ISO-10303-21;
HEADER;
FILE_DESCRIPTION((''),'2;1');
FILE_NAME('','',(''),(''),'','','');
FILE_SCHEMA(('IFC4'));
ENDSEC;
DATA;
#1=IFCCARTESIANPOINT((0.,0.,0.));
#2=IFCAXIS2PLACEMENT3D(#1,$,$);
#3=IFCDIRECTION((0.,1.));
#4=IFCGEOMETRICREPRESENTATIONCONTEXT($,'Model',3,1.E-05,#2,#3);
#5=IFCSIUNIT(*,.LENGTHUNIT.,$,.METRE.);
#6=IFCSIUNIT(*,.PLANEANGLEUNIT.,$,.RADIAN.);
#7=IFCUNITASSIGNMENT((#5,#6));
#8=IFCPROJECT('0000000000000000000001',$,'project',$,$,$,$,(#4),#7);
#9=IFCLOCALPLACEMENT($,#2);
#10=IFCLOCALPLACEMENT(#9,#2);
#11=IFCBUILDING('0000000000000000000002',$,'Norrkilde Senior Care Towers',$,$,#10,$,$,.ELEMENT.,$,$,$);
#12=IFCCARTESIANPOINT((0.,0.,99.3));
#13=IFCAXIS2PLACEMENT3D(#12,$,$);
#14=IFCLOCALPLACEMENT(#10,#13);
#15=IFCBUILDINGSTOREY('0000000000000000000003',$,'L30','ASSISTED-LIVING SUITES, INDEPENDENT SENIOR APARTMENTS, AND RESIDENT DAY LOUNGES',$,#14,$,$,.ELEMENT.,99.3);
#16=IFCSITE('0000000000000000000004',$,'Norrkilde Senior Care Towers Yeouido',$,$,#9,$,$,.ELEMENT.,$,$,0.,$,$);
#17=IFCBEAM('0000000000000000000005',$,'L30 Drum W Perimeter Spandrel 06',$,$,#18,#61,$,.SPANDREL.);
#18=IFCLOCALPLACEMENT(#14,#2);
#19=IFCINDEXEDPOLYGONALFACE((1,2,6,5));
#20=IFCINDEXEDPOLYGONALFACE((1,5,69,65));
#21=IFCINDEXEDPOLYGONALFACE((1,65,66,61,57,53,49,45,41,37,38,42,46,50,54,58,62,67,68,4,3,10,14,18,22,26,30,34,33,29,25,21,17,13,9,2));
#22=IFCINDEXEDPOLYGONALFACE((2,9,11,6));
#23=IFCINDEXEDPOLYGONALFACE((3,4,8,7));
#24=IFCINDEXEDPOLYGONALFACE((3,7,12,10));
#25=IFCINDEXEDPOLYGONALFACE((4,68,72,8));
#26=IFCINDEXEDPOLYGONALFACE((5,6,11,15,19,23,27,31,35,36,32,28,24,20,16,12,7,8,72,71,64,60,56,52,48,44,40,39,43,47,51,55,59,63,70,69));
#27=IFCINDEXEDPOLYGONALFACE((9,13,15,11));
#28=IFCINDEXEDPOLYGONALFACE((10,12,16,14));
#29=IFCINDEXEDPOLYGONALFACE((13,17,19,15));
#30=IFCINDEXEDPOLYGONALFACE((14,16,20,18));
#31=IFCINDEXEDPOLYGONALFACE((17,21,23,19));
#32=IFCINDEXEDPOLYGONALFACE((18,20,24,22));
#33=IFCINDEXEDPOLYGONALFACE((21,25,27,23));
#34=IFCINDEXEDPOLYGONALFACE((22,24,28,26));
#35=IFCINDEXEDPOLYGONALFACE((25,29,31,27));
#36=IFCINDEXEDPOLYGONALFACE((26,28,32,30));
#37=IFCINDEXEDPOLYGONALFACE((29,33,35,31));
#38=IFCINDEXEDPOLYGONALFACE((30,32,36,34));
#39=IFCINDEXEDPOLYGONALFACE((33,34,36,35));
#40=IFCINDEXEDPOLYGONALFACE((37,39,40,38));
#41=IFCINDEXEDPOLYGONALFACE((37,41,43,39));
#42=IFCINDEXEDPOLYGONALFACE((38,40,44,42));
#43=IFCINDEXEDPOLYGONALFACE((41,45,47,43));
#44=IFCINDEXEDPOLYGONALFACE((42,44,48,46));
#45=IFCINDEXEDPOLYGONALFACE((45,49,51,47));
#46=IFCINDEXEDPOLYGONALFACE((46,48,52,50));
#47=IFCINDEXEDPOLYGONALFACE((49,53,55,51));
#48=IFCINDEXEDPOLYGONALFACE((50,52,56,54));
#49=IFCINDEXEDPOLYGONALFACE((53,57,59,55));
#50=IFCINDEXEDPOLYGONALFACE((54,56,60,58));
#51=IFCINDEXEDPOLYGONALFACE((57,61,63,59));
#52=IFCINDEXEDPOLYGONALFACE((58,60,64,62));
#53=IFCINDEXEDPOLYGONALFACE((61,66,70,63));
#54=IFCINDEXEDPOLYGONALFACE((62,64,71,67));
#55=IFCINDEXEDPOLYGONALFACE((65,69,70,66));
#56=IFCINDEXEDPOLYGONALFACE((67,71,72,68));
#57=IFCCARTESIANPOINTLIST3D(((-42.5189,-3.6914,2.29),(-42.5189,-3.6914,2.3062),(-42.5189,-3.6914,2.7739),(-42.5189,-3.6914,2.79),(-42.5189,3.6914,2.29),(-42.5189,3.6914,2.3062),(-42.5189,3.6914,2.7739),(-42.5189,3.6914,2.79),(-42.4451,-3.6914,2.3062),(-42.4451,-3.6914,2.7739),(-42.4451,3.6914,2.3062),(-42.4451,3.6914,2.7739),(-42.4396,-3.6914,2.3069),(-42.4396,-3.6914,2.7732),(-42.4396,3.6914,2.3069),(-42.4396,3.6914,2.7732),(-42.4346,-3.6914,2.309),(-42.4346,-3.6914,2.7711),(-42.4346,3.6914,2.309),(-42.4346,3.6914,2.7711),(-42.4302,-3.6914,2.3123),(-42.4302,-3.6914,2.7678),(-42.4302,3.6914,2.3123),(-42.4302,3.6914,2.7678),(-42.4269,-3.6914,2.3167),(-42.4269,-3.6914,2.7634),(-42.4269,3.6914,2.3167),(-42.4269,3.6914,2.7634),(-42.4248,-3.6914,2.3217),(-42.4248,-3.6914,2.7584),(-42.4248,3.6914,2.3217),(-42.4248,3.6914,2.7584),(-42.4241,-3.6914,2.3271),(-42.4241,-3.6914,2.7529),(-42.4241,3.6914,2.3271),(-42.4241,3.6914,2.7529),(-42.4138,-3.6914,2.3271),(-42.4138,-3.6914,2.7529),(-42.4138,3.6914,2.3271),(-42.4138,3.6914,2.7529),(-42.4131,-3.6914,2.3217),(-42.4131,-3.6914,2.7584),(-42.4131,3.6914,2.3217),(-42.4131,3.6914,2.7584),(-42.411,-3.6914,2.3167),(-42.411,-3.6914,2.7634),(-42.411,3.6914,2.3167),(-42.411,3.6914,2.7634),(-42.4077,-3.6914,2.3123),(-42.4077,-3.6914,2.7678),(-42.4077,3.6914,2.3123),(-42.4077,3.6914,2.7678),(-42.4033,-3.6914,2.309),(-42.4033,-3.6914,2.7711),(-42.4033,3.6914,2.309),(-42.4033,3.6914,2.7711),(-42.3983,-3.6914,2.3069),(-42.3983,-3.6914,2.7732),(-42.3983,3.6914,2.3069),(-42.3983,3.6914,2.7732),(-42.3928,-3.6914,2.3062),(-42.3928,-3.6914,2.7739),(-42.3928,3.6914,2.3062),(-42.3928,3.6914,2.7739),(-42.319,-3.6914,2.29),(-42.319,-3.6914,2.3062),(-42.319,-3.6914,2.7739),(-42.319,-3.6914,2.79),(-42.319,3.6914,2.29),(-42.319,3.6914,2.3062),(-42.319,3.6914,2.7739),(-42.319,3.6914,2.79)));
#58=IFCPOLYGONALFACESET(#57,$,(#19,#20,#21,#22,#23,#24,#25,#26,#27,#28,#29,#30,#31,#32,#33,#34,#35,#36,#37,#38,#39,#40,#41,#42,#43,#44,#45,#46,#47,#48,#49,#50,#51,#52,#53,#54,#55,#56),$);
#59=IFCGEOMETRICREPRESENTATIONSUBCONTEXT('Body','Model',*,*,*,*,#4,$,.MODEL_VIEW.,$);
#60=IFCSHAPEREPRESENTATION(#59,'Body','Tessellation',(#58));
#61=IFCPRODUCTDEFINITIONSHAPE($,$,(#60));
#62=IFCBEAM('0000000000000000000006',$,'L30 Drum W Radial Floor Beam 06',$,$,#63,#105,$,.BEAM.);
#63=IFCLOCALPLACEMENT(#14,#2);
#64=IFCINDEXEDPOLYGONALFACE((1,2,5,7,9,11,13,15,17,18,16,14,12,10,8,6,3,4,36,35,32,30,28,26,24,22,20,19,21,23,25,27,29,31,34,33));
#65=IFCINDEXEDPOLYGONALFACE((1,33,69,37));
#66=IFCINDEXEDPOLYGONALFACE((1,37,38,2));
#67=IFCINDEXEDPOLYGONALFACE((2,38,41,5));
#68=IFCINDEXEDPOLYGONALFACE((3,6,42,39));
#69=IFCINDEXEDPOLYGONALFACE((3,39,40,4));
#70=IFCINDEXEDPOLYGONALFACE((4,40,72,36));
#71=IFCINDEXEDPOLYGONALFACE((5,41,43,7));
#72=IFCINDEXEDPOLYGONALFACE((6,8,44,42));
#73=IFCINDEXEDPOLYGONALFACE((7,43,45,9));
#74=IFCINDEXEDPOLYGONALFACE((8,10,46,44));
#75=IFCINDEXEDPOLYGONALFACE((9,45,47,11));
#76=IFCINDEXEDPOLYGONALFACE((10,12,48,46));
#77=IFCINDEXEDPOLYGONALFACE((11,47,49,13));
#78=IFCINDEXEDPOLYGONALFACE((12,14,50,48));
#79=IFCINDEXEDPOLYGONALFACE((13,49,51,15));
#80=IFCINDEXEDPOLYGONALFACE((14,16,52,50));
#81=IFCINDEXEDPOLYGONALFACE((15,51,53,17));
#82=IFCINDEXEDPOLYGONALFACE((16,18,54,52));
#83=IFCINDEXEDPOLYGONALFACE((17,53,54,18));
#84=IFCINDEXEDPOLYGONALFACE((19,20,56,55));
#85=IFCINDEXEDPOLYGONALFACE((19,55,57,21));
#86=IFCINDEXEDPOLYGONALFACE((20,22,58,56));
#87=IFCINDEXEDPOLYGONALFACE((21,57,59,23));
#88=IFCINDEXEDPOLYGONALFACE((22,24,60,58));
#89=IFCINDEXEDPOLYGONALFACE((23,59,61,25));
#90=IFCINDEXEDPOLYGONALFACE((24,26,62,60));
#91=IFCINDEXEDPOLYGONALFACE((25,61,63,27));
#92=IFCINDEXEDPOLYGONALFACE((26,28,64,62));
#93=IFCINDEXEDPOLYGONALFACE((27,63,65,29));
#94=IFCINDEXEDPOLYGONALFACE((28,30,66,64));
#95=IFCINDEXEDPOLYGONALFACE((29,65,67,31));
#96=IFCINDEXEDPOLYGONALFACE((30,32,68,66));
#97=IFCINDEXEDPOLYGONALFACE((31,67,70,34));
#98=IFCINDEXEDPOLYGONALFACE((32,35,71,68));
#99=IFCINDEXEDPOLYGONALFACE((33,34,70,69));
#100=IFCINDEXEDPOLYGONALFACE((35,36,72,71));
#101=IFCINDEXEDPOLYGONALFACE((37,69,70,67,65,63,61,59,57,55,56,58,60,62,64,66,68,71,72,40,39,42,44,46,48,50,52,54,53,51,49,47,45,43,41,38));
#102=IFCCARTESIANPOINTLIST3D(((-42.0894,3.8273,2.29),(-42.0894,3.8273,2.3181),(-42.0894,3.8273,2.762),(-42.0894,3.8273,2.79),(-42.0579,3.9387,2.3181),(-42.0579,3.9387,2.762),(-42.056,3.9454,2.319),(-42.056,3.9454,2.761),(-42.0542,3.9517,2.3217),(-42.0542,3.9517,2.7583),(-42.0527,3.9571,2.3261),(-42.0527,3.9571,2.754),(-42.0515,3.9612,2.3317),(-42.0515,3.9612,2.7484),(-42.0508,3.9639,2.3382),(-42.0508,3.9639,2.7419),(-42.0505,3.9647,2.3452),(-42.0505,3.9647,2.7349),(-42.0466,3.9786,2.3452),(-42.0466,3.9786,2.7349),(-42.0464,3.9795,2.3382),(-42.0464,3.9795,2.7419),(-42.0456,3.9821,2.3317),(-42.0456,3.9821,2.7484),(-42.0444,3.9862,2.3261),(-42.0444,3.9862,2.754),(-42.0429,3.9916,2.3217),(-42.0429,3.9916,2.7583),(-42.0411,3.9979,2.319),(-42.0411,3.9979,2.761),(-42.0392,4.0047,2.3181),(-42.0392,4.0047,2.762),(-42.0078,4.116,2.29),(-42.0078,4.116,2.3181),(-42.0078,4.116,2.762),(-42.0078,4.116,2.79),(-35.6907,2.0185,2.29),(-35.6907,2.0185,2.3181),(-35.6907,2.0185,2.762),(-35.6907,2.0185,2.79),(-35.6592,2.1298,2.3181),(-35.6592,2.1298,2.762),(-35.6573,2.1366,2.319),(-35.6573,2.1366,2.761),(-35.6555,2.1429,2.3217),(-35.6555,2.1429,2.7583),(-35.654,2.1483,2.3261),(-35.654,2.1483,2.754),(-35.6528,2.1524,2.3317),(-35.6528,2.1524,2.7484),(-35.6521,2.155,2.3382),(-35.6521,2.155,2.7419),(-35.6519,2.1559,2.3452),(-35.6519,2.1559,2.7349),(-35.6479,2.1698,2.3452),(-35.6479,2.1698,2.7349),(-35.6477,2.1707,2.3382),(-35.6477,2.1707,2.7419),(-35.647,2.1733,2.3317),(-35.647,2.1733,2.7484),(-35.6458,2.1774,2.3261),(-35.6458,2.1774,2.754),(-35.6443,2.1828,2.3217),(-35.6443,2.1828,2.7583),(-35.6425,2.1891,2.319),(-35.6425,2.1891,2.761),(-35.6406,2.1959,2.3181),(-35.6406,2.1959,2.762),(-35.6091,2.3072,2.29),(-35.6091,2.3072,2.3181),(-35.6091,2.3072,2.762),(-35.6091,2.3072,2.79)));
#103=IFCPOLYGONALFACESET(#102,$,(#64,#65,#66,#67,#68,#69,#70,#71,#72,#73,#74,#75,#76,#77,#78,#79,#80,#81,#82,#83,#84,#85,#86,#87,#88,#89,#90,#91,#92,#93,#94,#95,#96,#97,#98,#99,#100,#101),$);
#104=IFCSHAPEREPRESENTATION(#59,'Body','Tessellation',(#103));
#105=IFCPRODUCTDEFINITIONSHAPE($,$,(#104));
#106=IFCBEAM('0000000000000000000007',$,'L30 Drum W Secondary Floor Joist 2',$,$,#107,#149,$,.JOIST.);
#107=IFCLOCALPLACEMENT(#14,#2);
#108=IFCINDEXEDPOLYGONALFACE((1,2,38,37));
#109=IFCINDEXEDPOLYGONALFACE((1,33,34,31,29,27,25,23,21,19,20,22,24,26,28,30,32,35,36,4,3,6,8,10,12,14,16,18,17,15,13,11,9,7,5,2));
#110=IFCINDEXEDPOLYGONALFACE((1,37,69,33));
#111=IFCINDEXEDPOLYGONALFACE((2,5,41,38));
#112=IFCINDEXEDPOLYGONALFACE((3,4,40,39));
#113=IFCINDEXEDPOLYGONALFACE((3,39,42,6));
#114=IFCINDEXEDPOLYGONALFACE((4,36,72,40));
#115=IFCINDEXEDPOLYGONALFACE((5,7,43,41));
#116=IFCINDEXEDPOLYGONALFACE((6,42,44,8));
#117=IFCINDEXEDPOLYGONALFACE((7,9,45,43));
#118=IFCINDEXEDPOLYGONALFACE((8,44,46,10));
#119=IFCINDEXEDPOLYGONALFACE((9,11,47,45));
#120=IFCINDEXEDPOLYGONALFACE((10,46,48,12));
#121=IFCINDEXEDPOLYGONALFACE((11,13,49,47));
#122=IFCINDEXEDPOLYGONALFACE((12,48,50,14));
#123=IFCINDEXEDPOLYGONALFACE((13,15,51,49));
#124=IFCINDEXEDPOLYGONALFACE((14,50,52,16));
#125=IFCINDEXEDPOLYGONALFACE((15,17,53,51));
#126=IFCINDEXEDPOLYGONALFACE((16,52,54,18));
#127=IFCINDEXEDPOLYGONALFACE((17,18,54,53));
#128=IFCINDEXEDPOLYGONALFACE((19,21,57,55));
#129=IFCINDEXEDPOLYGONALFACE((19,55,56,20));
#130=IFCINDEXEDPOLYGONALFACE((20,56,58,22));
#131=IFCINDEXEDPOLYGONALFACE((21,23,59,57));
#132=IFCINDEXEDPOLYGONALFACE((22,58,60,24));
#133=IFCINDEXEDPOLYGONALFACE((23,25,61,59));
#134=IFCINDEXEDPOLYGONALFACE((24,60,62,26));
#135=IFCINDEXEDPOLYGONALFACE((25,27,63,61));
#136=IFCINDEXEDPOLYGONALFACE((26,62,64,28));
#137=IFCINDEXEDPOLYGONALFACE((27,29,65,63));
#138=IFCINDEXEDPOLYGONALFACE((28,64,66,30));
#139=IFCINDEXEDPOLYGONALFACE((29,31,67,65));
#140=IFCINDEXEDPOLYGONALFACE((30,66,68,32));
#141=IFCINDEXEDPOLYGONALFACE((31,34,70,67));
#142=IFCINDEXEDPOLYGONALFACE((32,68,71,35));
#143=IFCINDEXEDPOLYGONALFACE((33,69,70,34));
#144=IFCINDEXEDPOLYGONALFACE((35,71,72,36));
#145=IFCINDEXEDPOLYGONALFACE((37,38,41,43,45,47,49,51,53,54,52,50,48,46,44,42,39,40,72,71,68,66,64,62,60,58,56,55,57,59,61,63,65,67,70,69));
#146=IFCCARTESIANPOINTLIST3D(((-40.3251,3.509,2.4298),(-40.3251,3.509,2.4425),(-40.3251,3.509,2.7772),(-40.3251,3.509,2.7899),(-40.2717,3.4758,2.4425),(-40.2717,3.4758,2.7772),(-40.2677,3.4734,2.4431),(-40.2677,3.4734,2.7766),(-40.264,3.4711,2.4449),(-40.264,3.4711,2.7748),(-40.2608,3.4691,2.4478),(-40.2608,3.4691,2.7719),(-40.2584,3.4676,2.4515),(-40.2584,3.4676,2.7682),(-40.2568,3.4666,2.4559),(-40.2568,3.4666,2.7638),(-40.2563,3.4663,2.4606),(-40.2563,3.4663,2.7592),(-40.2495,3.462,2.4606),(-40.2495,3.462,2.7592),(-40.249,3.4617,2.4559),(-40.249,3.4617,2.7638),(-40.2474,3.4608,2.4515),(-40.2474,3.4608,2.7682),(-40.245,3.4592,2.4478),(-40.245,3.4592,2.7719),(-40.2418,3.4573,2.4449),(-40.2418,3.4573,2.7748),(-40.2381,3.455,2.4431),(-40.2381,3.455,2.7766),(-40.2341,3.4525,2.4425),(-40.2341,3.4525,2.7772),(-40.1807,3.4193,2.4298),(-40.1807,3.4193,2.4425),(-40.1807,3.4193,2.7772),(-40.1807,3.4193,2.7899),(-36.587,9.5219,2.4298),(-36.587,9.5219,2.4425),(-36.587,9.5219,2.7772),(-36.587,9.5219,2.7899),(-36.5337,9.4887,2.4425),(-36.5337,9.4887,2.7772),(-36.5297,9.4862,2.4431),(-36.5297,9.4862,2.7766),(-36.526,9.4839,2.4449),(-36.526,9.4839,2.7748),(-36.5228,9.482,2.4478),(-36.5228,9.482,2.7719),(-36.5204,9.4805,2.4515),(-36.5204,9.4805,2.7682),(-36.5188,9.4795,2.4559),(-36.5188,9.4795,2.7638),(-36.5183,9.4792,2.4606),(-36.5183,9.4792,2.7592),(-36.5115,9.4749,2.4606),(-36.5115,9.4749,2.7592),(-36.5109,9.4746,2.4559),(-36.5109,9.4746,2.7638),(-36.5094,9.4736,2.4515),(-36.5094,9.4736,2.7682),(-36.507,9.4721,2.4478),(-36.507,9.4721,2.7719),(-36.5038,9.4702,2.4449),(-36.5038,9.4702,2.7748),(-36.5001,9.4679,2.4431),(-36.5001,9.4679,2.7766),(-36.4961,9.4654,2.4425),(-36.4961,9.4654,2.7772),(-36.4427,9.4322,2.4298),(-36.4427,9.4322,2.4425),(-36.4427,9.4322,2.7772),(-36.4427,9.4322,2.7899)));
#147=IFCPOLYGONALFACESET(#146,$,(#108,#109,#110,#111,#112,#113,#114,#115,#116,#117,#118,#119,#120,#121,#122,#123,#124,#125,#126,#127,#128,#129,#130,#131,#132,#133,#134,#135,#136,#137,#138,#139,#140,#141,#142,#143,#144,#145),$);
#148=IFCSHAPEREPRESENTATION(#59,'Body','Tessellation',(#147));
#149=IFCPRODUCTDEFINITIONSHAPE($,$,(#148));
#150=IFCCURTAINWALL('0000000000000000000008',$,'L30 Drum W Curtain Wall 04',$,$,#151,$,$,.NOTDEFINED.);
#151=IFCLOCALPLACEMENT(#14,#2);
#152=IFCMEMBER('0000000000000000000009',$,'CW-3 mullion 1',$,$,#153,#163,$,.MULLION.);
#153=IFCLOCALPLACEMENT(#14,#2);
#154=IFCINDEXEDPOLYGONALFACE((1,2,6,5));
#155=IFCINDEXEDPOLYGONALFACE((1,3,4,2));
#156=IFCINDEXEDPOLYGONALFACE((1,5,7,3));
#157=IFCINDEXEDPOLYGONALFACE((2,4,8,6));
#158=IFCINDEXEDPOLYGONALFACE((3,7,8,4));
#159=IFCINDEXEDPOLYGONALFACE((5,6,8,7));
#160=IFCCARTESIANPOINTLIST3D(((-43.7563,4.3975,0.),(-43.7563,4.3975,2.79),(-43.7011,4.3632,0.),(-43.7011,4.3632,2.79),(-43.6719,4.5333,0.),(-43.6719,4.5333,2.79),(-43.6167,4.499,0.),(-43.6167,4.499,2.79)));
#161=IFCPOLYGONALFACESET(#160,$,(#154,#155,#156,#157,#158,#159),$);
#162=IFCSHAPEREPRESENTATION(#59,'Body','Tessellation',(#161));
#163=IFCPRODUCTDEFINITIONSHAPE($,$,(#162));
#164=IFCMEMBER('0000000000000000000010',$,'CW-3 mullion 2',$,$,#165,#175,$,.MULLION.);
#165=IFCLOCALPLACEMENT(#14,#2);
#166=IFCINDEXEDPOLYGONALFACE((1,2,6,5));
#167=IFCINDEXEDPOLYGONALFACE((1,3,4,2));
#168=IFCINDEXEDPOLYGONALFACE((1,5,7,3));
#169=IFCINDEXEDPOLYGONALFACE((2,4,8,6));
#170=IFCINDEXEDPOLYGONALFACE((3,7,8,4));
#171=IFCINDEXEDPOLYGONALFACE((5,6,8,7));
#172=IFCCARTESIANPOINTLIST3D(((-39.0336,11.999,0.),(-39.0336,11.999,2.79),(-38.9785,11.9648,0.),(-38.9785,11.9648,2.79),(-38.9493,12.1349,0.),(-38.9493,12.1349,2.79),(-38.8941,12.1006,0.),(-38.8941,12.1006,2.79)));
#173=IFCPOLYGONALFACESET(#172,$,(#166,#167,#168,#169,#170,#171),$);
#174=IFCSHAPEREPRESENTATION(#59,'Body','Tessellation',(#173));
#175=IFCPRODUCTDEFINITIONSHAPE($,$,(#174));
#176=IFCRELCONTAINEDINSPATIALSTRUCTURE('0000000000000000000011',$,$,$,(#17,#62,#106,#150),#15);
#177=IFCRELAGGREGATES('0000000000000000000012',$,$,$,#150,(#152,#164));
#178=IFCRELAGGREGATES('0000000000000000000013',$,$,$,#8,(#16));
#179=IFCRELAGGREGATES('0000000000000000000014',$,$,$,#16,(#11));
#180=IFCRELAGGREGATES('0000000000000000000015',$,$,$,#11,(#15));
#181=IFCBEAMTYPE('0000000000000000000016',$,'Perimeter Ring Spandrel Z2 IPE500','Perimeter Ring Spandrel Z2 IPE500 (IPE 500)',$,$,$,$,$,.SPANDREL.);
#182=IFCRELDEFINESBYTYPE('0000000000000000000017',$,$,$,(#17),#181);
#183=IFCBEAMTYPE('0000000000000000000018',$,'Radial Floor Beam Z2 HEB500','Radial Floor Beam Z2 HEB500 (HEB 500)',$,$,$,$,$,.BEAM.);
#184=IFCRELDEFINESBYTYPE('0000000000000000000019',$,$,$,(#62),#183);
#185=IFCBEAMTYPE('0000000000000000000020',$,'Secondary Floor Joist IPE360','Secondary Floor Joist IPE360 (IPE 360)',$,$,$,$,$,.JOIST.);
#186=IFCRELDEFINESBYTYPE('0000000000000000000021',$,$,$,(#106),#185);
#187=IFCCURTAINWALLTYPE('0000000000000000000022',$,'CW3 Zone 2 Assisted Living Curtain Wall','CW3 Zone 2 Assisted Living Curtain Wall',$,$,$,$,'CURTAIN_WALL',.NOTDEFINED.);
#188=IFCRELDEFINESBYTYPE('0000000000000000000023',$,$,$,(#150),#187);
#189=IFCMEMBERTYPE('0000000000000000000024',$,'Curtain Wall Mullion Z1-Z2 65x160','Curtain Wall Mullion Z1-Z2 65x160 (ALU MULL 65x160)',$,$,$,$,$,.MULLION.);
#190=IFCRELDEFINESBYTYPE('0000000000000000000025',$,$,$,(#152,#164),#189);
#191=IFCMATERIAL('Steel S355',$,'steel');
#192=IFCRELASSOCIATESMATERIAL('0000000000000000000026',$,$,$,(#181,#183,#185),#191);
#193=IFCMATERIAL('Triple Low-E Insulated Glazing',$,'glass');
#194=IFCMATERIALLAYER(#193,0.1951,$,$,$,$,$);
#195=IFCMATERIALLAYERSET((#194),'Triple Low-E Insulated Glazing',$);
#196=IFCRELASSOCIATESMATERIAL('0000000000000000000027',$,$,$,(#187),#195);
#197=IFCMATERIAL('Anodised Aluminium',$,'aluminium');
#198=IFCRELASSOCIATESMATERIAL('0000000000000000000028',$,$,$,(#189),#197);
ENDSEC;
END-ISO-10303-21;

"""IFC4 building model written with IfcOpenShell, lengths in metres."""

from ifc_helpers import new_model, si_unit, direction, frame, origin, origin_2d, place, context, subcontext, project, spatial, rectangle, i_section, extrude, source, transform, mapped, material, layer, layer_set, material_profile, profile_set, type_object, type_shapes, element, aggregate, save


model = new_model("IFC4")

# Units and contexts
model_context = context("Model", 3, precision=1e-05, world=origin(), true_north=direction((0.0, 1.0)))
body_context = subcontext(model_context, "Body", "Model", "MODEL_VIEW")
ifc_project = project(units=[si_unit("LENGTHUNIT", "METRE"), si_unit("PLANEANGLEUNIT", "RADIAN")], contexts=[model_context])

# Site, building, storey
site_placement = place(None, origin())
site = spatial("IfcSite", under=ifc_project, at=site_placement, Name="Norrkilde Senior Care Towers Yeouido", CompositionType="ELEMENT", RefElevation=0.0)
building_placement = place(site_placement, origin())
building = spatial("IfcBuilding", under=site, at=building_placement, Name="Norrkilde Senior Care Towers", CompositionType="ELEMENT")
storey_placement = place(building_placement, frame((0.0, 0.0, 99.3)))
storey = spatial("IfcBuildingStorey", under=building, at=storey_placement, Name="L30", Description="ASSISTED-LIVING SUITES, INDEPENDENT SENIOR APARTMENTS, AND RESIDENT DAY LOUNGES", CompositionType="ELEMENT", Elevation=99.3)

# Beams
ifc_material_1 = material(Name="Steel S355", Category="steel")
ifc_material_profile_1 = material_profile(ifc_material_1, i_section(OverallWidth=0.2, OverallDepth=0.5, WebThickness=0.0103, FlangeThickness=0.0161, FilletRadius=0.021, at=origin_2d()), Name="IPE 500")
ifc_profile_set_1 = profile_set([ifc_material_profile_1], Name="Steel S355")
beam_type_1 = type_object("IfcBeamType", Name="Perimeter Ring Spandrel Z2 IPE500", Description="Perimeter Ring Spandrel Z2 IPE500 (IPE 500)", PredefinedType="SPANDREL", material=ifc_profile_set_1)
shared_shape_1 = source(origin(), body_context, "Body", "SweptSolid", [
    extrude(i_section(OverallWidth=0.2, OverallDepth=0.5, WebThickness=0.0103, FlangeThickness=0.0161, FilletRadius=0.021, at=origin_2d()), origin(), (0.0, 0.0, 1.0), 7.3828),
])
beam_1_placement = place(storey_placement, frame((-42.4189, 3.6914, 2.54), z_axis=(0.0, -1.0, 0.0), x_axis=(1.0, 0.0, 0.0)))
element("IfcBeam", 1, at=beam_1_placement, inside=storey, type_object=beam_type_1, Name="L30 Drum W Perimeter Spandrel 06", PredefinedType="SPANDREL", context=body_context, shape_type="MappedRepresentation", body=[
    mapped(shared_shape_1, transform((0.0, 0.0, 0.0), x_axis=(1.0, 0.0, 0.0), y_axis=(0.0, 1.0, 0.0), z_axis=(0.0, 0.0, 1.0), scale=1.0)),
])
ifc_material_profile_2 = material_profile(ifc_material_1, i_section(OverallWidth=0.3, OverallDepth=0.5, WebThickness=0.0144, FlangeThickness=0.0281, FilletRadius=0.0271, at=origin_2d()), Name="HEB 500")
ifc_profile_set_2 = profile_set([ifc_material_profile_2], Name="Steel S355")
beam_type_2 = type_object("IfcBeamType", Name="Radial Floor Beam Z2 HEB500", Description="Radial Floor Beam Z2 HEB500 (HEB 500)", PredefinedType="BEAM", material=ifc_profile_set_2)
shared_shape_2 = source(origin(), body_context, "Body", "SweptSolid", [
    extrude(i_section(OverallWidth=0.3, OverallDepth=0.5, WebThickness=0.0144, FlangeThickness=0.0281, FilletRadius=0.0271, at=origin_2d()), origin(), (0.0, 0.0, 1.0), 6.6494),
])
type_shapes(beam_type_2, [shared_shape_2])
beam_2_placement = place(storey_placement, frame((-35.6499, 2.1628, 2.54), z_axis=(-0.962289, 0.272029, 0.0), x_axis=(-0.272029, -0.962289, 0.0)))
element("IfcBeam", 2, at=beam_2_placement, inside=storey, type_object=beam_type_2, Name="L30 Drum W Radial Floor Beam 06", PredefinedType="BEAM", context=body_context, shape_type="MappedRepresentation", body=[
    mapped(shared_shape_2, transform((0.0, 0.0, 0.0), x_axis=(1.0, 0.0, 0.0), y_axis=(0.0, 1.0, 0.0), z_axis=(0.0, 0.0, 1.0), scale=1.0)),
])
ifc_material_profile_3 = material_profile(ifc_material_1, i_section(OverallWidth=0.1699, OverallDepth=0.3601, WebThickness=0.0081, FlangeThickness=0.0127, FilletRadius=0.0181, at=origin_2d()), Name="IPE 360")
ifc_profile_set_3 = profile_set([ifc_material_profile_3], Name="Steel S355")
beam_type_3 = type_object("IfcBeamType", Name="Secondary Floor Joist IPE360", Description="Secondary Floor Joist IPE360 (IPE 360)", PredefinedType="JOIST", material=ifc_profile_set_3)
shared_shape_3 = source(origin(), body_context, "Body", "SweptSolid", [
    extrude(i_section(OverallWidth=0.1699, OverallDepth=0.3601, WebThickness=0.0081, FlangeThickness=0.0127, FilletRadius=0.0181, at=origin_2d()), origin(), (0.0, 0.0, 1.0), 7.0801),
])
type_shapes(beam_type_3, [shared_shape_3])
beam_3_placement = place(storey_placement, frame((-36.5149, 9.4771, 2.6099), z_axis=(-0.527961, -0.849269, 0.0), x_axis=(0.849269, -0.527961, 0.0)))
element("IfcBeam", 3, at=beam_3_placement, inside=storey, type_object=beam_type_3, Name="L30 Drum W Secondary Floor Joist 2", PredefinedType="JOIST", context=body_context, shape_type="MappedRepresentation", body=[
    mapped(shared_shape_3, transform((0.0, 0.0, 0.0), x_axis=(1.0, 0.0, 0.0), y_axis=(0.0, 1.0, 0.0), z_axis=(0.0, 0.0, 1.0), scale=1.0)),
])

# Curtain wall, members
ifc_material_2 = material(Name="Triple Low-E Insulated Glazing", Category="glass")
ifc_layer_1 = layer(ifc_material_2, 0.1951)
ifc_layer_set_1 = layer_set([ifc_layer_1], Name="Triple Low-E Insulated Glazing")
curtain_wall_type = type_object("IfcCurtainWallType", Name="CW3 Zone 2 Assisted Living Curtain Wall", Description="CW3 Zone 2 Assisted Living Curtain Wall", ElementType="CURTAIN_WALL", PredefinedType="NOTDEFINED", material=ifc_layer_set_1)
curtain_wall_1_placement = place(storey_placement, origin())
curtain_wall_1 = element("IfcCurtainWall", 4, at=curtain_wall_1_placement, inside=storey, type_object=curtain_wall_type, Name="L30 Drum W Curtain Wall 04", PredefinedType="NOTDEFINED")
ifc_material_3 = material(Name="Anodised Aluminium", Category="aluminium")
ifc_material_profile_4 = material_profile(ifc_material_3, rectangle(XDim=0.0649, YDim=0.1599, at=origin_2d()), Name="ALU MULL 65x160")
ifc_profile_set_4 = profile_set([ifc_material_profile_4], Name="Anodised Aluminium")
member_type_1 = type_object("IfcMemberType", Name="Curtain Wall Mullion Z1-Z2 65x160", Description="Curtain Wall Mullion Z1-Z2 65x160 (ALU MULL 65x160)", PredefinedType="MULLION", material=ifc_profile_set_4)
shared_shape_4 = source(origin(), body_context, "Body", "SweptSolid", [
    extrude(rectangle(XDim=0.0649, YDim=0.1599, at=origin_2d()), origin(), (0.0, 0.0, 1.0), 2.79),
])
type_shapes(member_type_1, [shared_shape_4])
member_1_placement = place(storey_placement, frame((-43.6865, 4.4482, 0.0), z_axis=(0.0, 0.0, 1.0), x_axis=(-0.84941, 0.527733, 0.0)))
member_1 = element("IfcMember", 5, at=member_1_placement, type_object=member_type_1, Name="CW-3 mullion 1", PredefinedType="MULLION", context=body_context, shape_type="MappedRepresentation", body=[
    mapped(shared_shape_4, transform((0.0, 0.0, 0.0), x_axis=(1.0, 0.0, 0.0), y_axis=(0.0, 1.0, 0.0), z_axis=(0.0, 0.0, 1.0), scale=1.0)),
])
member_2_placement = place(storey_placement, frame((-38.9639, 12.0498, 0.0), z_axis=(0.0, 0.0, 1.0), x_axis=(-0.84941, 0.527733, 0.0)))
member_2 = element("IfcMember", 6, at=member_2_placement, type_object=member_type_1, Name="CW-3 mullion 2", PredefinedType="MULLION", context=body_context, shape_type="MappedRepresentation", body=[
    mapped(shared_shape_4, transform((0.0, 0.0, 0.0), x_axis=(1.0, 0.0, 0.0), y_axis=(0.0, 1.0, 0.0), z_axis=(0.0, 0.0, 1.0), scale=1.0)),
])

aggregate(curtain_wall_1, [member_1, member_2])

save(model, "model.ifc")
